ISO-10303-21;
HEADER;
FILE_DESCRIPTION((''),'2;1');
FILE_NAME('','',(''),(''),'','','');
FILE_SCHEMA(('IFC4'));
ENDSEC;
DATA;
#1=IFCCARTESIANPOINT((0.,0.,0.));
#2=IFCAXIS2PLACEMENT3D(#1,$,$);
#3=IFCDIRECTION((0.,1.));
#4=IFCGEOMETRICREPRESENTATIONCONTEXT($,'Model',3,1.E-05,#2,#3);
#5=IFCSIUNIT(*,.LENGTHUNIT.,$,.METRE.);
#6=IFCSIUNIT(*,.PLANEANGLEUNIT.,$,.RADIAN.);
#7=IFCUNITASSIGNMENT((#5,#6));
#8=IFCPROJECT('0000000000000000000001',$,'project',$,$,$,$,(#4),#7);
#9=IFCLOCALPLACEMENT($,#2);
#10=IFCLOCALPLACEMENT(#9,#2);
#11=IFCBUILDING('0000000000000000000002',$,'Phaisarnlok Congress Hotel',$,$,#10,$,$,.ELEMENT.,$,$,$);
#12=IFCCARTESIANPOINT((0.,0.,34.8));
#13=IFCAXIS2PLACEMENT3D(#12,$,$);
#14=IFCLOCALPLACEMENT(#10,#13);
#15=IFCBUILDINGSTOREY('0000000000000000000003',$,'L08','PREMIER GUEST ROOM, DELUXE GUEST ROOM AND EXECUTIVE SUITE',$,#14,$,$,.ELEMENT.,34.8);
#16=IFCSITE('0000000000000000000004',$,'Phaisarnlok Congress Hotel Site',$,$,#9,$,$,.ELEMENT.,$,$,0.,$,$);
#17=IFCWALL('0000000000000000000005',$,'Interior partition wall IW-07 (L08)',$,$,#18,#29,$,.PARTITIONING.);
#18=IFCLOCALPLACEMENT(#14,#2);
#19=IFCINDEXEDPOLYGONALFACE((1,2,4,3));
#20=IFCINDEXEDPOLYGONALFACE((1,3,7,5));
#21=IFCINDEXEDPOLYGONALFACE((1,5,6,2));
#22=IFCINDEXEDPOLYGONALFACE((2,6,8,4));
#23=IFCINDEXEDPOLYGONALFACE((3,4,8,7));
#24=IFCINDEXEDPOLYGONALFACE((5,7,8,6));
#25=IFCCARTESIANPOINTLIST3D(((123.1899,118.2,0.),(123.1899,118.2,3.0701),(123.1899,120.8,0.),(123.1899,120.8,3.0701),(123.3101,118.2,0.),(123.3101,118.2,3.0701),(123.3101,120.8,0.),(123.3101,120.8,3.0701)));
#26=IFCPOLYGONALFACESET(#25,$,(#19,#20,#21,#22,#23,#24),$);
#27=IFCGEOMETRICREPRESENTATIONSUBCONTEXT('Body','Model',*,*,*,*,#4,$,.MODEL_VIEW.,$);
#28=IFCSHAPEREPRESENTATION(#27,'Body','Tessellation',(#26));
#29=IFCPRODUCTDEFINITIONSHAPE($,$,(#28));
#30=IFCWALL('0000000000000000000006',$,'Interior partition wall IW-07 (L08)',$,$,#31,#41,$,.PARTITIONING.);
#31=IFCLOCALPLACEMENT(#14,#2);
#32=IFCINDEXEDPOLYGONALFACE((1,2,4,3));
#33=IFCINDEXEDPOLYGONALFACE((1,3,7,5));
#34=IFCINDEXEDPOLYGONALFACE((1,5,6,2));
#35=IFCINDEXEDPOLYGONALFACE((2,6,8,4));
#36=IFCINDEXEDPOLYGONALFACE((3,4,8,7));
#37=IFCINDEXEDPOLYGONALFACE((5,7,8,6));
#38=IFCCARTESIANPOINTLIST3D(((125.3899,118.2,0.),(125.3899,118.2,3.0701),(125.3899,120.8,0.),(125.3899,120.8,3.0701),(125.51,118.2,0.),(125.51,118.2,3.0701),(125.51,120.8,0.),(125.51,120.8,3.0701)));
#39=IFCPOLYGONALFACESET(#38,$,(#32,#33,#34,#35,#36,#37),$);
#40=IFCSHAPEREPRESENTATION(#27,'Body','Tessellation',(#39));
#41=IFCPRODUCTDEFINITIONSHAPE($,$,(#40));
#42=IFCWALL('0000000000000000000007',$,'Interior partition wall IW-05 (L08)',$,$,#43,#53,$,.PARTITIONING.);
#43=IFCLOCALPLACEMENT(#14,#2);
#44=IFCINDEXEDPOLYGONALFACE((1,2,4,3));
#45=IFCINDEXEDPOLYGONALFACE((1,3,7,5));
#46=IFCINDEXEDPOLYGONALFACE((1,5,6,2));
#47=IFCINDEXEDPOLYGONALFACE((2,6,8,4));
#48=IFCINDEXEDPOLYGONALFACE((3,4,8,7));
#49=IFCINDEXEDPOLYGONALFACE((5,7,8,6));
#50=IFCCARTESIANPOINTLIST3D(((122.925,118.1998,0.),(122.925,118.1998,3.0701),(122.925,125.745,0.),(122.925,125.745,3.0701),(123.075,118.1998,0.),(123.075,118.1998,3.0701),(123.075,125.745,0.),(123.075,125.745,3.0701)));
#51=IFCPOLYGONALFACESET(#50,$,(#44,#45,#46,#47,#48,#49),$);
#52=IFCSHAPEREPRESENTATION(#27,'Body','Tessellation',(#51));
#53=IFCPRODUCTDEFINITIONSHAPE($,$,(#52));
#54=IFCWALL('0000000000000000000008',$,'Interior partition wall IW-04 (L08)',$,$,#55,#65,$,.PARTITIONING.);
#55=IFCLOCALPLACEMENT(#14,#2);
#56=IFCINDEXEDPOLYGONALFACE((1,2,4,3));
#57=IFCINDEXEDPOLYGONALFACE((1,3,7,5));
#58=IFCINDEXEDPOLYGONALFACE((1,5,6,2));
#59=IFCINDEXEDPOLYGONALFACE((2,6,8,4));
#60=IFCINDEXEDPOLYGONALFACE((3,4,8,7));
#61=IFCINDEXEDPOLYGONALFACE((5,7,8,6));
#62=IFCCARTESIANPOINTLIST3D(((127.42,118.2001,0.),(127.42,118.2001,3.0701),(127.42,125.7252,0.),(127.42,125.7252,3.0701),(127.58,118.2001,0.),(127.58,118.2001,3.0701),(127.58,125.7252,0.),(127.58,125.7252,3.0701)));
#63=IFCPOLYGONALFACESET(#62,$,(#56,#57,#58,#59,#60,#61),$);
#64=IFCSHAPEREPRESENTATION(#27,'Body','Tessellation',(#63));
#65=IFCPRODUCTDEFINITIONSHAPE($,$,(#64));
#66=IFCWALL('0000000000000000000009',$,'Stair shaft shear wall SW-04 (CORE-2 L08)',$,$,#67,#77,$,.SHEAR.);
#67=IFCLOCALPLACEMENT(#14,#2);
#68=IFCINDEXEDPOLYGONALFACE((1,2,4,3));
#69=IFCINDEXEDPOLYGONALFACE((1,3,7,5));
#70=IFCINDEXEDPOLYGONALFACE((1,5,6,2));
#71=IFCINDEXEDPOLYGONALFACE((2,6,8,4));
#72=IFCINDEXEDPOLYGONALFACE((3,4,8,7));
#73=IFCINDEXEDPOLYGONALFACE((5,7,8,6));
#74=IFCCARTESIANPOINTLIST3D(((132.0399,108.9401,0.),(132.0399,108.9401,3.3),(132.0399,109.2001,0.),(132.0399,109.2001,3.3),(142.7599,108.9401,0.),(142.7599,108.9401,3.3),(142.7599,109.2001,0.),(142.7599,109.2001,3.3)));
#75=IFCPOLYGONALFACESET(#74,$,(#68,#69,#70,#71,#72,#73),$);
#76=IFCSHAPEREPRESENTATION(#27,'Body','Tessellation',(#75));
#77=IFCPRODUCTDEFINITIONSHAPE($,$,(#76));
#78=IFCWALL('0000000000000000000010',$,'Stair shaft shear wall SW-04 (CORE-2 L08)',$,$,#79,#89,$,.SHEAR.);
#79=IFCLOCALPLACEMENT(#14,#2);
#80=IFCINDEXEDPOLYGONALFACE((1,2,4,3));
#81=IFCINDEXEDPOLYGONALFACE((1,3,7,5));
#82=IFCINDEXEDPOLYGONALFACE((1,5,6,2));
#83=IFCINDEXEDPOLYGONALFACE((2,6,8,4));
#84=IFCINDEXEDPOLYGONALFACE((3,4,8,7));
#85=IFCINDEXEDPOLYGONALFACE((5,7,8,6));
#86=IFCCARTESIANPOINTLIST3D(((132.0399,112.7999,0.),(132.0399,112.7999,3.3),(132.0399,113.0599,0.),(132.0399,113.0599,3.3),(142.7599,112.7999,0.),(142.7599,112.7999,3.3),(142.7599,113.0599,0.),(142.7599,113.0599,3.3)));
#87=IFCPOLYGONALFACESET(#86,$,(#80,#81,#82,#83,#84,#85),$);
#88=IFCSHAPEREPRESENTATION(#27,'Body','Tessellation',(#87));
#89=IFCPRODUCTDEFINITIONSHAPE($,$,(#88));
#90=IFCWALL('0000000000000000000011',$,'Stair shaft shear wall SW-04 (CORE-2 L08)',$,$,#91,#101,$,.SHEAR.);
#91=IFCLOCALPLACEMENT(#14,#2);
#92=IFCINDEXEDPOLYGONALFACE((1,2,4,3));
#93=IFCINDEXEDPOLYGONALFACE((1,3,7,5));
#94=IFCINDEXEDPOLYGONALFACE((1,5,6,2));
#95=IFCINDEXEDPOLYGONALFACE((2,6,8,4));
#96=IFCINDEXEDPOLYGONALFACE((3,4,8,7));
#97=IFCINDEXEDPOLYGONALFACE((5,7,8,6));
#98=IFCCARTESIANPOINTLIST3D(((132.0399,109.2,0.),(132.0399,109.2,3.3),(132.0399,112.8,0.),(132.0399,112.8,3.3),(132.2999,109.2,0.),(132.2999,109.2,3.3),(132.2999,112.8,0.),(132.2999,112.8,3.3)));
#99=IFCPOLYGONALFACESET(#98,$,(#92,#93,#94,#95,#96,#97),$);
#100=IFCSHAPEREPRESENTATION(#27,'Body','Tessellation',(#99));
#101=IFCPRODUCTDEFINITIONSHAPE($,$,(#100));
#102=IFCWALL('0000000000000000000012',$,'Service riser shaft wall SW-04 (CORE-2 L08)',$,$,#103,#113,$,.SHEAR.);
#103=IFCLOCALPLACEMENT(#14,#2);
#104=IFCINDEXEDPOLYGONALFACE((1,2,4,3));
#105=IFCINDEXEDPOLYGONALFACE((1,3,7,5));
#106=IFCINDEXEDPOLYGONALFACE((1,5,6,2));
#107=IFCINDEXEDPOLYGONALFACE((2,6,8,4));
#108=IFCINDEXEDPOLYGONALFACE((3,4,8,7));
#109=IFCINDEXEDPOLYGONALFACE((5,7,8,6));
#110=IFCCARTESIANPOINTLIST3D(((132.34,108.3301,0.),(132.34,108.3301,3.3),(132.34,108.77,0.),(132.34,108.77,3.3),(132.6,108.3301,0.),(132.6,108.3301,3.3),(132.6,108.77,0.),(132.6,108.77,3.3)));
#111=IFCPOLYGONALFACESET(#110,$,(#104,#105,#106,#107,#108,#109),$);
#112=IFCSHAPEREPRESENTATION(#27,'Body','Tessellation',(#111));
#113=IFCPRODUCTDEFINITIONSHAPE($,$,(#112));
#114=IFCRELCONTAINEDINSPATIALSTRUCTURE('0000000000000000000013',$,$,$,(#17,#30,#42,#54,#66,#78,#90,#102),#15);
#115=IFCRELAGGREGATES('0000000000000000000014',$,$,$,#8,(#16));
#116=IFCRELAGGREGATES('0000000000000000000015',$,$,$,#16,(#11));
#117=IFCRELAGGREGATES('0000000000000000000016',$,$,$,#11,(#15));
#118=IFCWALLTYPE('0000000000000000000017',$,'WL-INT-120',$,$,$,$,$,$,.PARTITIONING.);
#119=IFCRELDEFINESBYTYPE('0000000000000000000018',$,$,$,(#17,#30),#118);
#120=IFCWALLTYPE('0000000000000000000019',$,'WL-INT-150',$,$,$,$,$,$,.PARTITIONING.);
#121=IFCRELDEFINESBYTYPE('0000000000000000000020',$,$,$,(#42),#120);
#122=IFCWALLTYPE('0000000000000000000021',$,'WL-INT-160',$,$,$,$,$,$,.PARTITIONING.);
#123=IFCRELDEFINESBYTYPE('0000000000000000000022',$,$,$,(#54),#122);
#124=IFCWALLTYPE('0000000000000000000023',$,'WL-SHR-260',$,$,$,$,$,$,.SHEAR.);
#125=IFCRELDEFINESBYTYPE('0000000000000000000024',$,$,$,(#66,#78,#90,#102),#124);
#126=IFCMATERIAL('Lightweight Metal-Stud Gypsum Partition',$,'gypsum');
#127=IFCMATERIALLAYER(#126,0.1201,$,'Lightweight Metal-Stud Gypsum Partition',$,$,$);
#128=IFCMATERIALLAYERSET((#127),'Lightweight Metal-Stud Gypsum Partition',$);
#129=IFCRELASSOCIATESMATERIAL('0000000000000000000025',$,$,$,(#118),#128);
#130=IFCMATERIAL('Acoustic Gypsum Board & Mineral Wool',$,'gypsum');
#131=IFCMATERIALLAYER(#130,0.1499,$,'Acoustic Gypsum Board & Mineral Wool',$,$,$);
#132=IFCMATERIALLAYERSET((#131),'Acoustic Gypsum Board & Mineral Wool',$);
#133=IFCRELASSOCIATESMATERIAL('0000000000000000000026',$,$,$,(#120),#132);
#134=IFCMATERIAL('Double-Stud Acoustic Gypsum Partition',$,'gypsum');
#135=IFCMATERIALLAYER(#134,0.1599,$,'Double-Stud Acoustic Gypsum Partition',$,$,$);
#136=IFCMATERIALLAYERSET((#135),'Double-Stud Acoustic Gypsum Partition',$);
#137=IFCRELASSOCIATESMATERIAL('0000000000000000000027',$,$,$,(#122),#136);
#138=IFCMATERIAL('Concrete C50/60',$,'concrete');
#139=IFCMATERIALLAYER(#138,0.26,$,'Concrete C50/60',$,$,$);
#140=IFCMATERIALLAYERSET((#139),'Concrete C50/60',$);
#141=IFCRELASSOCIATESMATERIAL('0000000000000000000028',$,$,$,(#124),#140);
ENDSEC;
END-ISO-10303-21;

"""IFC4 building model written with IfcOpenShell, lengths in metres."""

from ifc_helpers import new_model, si_unit, direction, frame, frame_2d, origin, place, context, subcontext, project, spatial, rectangle, extrude, material, layer, layer_set, type_object, element, save


model = new_model("IFC4")

# Units and contexts
model_context = context("Model", 3, precision=1e-05, world=origin(), true_north=direction((0.0, 1.0)))
body_context = subcontext(model_context, "Body", "Model", "MODEL_VIEW")
ifc_project = project(units=[si_unit("LENGTHUNIT", "METRE"), si_unit("PLANEANGLEUNIT", "RADIAN")], contexts=[model_context])

# Site, building, storey
site_placement = place(None, origin())
site = spatial("IfcSite", under=ifc_project, at=site_placement, Name="Phaisarnlok Congress Hotel Site", CompositionType="ELEMENT", RefElevation=0.0)
building_placement = place(site_placement, origin())
building = spatial("IfcBuilding", under=site, at=building_placement, Name="Phaisarnlok Congress Hotel", CompositionType="ELEMENT")
storey_placement = place(building_placement, frame((0.0, 0.0, 34.8)))
storey = spatial("IfcBuildingStorey", under=building, at=storey_placement, Name="L08", Description="PREMIER GUEST ROOM, DELUXE GUEST ROOM AND EXECUTIVE SUITE", CompositionType="ELEMENT", Elevation=34.8)

# Shared definitions
ifc_material_1 = material(Name="Concrete C50/60", Category="concrete")

# Walls
ifc_material_2 = material(Name="Lightweight Metal-Stud Gypsum Partition", Category="gypsum")
ifc_layer_1 = layer(ifc_material_2, 0.1201, Name="Lightweight Metal-Stud Gypsum Partition")
ifc_layer_set_1 = layer_set([ifc_layer_1], Name="Lightweight Metal-Stud Gypsum Partition")
wall_type_1 = type_object("IfcWallType", Name="WL-INT-120", PredefinedType="PARTITIONING", material=ifc_layer_set_1)
for number, where, z_axis, x_axis, name in (
    (1, (123.25, 118.2, 0.0), (0.0, 0.0, 1.0), (0.0, 1.0, 0.0), "Interior partition wall IW-07 (L08)"),
    (2, (125.45, 118.2, 0.0), (0.0, 0.0, 1.0), (0.0, 1.0, 0.0), "Interior partition wall IW-07 (L08)"),
):
    element("IfcWall", number, at=place(storey_placement, frame(where, z_axis=z_axis, x_axis=x_axis)), inside=storey, type_object=wall_type_1, Name=name, PredefinedType="PARTITIONING", context=body_context, shape_type="SweptSolid", body=[
        extrude(rectangle(XDim=2.6001, YDim=0.1201, at=frame_2d((1.3, 0.0))), origin(), (0.0, 0.0, 1.0), 3.0701),
    ])
ifc_material_3 = material(Name="Acoustic Gypsum Board & Mineral Wool", Category="gypsum")
ifc_layer_2 = layer(ifc_material_3, 0.1499, Name="Acoustic Gypsum Board & Mineral Wool")
ifc_layer_set_2 = layer_set([ifc_layer_2], Name="Acoustic Gypsum Board & Mineral Wool")
wall_type_2 = type_object("IfcWallType", Name="WL-INT-150", PredefinedType="PARTITIONING", material=ifc_layer_set_2)
wall_1_placement = place(storey_placement, frame((123.0, 118.2, 0.0), z_axis=(0.0, 0.0, 1.0), x_axis=(0.0, 1.0, 0.0)))
element("IfcWall", 3, at=wall_1_placement, inside=storey, type_object=wall_type_2, Name="Interior partition wall IW-05 (L08)", PredefinedType="PARTITIONING", context=body_context, shape_type="SweptSolid", body=[
    extrude(rectangle(XDim=7.5452, YDim=0.1499, at=frame_2d((3.7725, 0.0))), origin(), (0.0, 0.0, 1.0), 3.0701),
])
ifc_material_4 = material(Name="Double-Stud Acoustic Gypsum Partition", Category="gypsum")
ifc_layer_3 = layer(ifc_material_4, 0.1599, Name="Double-Stud Acoustic Gypsum Partition")
ifc_layer_set_3 = layer_set([ifc_layer_3], Name="Double-Stud Acoustic Gypsum Partition")
wall_type_3 = type_object("IfcWallType", Name="WL-INT-160", PredefinedType="PARTITIONING", material=ifc_layer_set_3)
wall_2_placement = place(storey_placement, frame((127.5, 118.2, 0.0), z_axis=(0.0, 0.0, 1.0), x_axis=(0.0, 1.0, 0.0)))
element("IfcWall", 4, at=wall_2_placement, inside=storey, type_object=wall_type_3, Name="Interior partition wall IW-04 (L08)", PredefinedType="PARTITIONING", context=body_context, shape_type="SweptSolid", body=[
    extrude(rectangle(XDim=7.5251, YDim=0.1599, at=frame_2d((3.7627, 0.0))), origin(), (0.0, 0.0, 1.0), 3.0701),
])
ifc_layer_4 = layer(ifc_material_1, 0.26, Name="Concrete C50/60")
ifc_layer_set_4 = layer_set([ifc_layer_4], Name="Concrete C50/60")
wall_type_4 = type_object("IfcWallType", Name="WL-SHR-260", PredefinedType="SHEAR", material=ifc_layer_set_4)
for number, where, z_axis, x_axis, name in (
    (5, (132.04, 109.0701, 0.0), (0.0, 0.0, 1.0), (1.0, 0.0, 0.0), "Stair shaft shear wall SW-04 (CORE-2 L08)"),
    (6, (132.04, 112.9299, 0.0), (0.0, 0.0, 1.0), (1.0, 0.0, 0.0), "Stair shaft shear wall SW-04 (CORE-2 L08)"),
):
    element("IfcWall", number, at=place(storey_placement, frame(where, z_axis=z_axis, x_axis=x_axis)), inside=storey, type_object=wall_type_4, Name=name, PredefinedType="SHEAR", context=body_context, shape_type="SweptSolid", body=[
        extrude(rectangle(XDim=10.72, YDim=0.26, at=frame_2d((5.3599, 0.0))), origin(), (0.0, 0.0, 1.0), 3.3),
    ])
wall_3_placement = place(storey_placement, frame((132.1699, 109.2, 0.0), z_axis=(0.0, 0.0, 1.0), x_axis=(0.0, 1.0, 0.0)))
element("IfcWall", 7, at=wall_3_placement, inside=storey, type_object=wall_type_4, Name="Stair shaft shear wall SW-04 (CORE-2 L08)", PredefinedType="SHEAR", context=body_context, shape_type="SweptSolid", body=[
    extrude(rectangle(XDim=3.6001, YDim=0.26, at=frame_2d((1.8, 0.0))), origin(), (0.0, 0.0, 1.0), 3.3),
])
wall_4_placement = place(storey_placement, frame((132.47, 108.3301, 0.0), z_axis=(0.0, 0.0, 1.0), x_axis=(0.0, 1.0, 0.0)))
element("IfcWall", 8, at=wall_4_placement, inside=storey, type_object=wall_type_4, Name="Service riser shaft wall SW-04 (CORE-2 L08)", PredefinedType="SHEAR", context=body_context, shape_type="SweptSolid", body=[
    extrude(rectangle(XDim=0.4399, YDim=0.26, at=frame_2d((0.22, 0.0))), origin(), (0.0, 0.0, 1.0), 3.3),
])

save(model, "model.ifc")
